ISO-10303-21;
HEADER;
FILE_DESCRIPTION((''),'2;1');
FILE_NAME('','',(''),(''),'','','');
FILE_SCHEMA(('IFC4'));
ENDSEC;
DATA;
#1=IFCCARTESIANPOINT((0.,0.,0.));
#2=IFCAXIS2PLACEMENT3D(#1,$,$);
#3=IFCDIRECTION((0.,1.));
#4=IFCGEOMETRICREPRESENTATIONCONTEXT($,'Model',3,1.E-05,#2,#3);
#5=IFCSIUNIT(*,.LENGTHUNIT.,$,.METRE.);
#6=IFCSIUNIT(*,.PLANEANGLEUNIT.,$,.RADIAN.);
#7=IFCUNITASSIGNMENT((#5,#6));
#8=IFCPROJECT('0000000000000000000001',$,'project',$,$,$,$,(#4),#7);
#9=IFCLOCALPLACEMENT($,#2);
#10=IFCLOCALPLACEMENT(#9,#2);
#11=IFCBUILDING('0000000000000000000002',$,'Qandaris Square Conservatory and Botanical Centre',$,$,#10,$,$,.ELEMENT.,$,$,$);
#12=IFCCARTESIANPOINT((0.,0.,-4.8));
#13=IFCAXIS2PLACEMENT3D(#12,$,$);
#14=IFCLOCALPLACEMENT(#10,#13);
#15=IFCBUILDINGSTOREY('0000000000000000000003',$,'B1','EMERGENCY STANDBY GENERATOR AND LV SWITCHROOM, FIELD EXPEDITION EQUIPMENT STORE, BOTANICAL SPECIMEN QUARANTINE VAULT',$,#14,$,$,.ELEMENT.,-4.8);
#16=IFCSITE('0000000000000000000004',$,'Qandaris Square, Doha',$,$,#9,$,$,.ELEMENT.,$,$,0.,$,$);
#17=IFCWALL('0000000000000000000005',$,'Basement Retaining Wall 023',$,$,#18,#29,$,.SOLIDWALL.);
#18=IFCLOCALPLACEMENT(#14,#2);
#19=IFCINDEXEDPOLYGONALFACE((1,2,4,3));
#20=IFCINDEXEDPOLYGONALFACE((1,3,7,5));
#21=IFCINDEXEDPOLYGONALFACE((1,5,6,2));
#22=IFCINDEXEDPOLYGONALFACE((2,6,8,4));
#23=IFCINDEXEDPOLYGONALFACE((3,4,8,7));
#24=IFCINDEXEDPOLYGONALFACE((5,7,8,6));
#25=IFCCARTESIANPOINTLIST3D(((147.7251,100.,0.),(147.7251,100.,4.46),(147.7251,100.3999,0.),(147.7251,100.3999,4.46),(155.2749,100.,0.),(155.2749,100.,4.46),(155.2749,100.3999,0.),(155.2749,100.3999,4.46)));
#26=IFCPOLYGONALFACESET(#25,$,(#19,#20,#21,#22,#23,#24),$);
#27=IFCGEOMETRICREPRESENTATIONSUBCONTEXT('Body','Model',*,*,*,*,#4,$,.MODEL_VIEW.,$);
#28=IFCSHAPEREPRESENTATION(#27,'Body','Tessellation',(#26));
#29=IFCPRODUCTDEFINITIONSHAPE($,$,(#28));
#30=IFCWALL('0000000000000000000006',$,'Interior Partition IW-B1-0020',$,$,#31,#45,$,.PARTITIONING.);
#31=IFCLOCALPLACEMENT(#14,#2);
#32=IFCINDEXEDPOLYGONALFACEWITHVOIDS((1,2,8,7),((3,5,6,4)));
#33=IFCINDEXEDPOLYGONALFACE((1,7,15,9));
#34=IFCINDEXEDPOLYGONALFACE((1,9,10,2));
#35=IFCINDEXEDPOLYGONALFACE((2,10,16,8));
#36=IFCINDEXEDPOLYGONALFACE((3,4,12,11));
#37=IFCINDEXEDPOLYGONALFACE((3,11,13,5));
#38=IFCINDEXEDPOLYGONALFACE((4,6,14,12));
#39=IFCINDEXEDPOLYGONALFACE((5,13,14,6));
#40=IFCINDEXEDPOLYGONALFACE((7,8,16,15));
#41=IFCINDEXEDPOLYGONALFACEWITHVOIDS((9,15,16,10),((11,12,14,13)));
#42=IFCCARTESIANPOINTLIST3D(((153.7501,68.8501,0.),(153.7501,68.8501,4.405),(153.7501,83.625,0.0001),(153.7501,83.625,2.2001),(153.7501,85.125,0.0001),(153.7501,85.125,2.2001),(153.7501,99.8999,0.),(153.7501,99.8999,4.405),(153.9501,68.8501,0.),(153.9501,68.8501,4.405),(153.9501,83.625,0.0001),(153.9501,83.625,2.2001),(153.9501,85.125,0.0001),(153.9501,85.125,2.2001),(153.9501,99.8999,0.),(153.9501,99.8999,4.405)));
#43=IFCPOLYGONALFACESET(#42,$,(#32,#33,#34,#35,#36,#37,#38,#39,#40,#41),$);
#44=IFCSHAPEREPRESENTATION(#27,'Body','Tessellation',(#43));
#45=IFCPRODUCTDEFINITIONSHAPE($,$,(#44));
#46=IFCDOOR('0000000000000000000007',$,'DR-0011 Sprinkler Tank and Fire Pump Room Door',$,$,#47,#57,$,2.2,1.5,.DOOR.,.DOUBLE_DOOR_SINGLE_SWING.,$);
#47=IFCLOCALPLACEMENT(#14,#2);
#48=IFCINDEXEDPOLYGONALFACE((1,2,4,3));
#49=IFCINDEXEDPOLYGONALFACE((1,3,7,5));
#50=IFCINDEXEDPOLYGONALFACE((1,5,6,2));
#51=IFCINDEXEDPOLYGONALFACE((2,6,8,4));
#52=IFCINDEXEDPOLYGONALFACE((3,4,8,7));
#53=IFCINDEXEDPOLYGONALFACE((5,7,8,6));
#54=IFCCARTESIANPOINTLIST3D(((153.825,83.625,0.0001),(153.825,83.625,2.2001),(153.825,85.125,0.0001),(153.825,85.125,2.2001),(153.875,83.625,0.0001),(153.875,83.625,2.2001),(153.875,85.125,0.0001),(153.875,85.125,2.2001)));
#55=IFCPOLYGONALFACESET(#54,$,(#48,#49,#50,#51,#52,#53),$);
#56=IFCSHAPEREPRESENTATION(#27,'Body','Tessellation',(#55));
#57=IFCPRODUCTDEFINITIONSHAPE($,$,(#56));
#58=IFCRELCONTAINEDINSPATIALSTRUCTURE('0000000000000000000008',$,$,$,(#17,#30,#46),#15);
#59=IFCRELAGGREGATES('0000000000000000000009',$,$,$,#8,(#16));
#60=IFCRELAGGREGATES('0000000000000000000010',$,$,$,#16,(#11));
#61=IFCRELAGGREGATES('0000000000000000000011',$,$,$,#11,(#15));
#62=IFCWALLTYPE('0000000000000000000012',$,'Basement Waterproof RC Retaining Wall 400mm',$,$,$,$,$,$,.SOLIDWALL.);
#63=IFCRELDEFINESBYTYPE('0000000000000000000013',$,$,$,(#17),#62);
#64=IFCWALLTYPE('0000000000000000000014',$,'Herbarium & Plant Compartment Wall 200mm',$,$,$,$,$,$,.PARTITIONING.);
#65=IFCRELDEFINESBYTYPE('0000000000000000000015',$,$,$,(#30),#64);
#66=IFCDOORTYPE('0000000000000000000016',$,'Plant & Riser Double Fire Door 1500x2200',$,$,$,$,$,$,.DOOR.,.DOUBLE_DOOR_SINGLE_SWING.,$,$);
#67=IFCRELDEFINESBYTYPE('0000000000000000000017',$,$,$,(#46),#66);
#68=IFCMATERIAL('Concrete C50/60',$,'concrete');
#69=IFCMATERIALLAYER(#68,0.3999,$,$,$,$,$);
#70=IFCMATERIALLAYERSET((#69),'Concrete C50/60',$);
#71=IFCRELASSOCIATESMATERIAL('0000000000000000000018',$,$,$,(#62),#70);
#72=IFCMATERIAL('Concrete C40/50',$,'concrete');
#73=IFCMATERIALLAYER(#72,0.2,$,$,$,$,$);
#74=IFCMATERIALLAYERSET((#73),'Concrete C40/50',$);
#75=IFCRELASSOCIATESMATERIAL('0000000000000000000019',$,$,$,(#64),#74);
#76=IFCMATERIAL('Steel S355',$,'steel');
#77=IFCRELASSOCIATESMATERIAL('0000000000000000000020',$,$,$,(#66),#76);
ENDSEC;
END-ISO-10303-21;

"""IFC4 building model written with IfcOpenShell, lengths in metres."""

from ifc_helpers import new_model, si_unit, direction, frame, frame_2d, origin, place, context, subcontext, project, spatial, rectangle, extrude, material, layer, layer_set, type_object, element, fill, save


model = new_model("IFC4")

# Units and contexts
model_context = context("Model", 3, precision=1e-05, world=origin(), true_north=direction((0.0, 1.0)))
body_context = subcontext(model_context, "Body", "Model", "MODEL_VIEW")
ifc_project = project(units=[si_unit("LENGTHUNIT", "METRE"), si_unit("PLANEANGLEUNIT", "RADIAN")], contexts=[model_context])

# Site, building, storey
site_placement = place(None, origin())
site = spatial("IfcSite", under=ifc_project, at=site_placement, Name="Qandaris Square, Doha", CompositionType="ELEMENT", RefElevation=0.0)
building_placement = place(site_placement, origin())
building = spatial("IfcBuilding", under=site, at=building_placement, Name="Qandaris Square Conservatory and Botanical Centre", CompositionType="ELEMENT")
storey_placement = place(building_placement, frame((0.0, 0.0, -4.8)))
storey = spatial("IfcBuildingStorey", under=building, at=storey_placement, Name="B1", Description="EMERGENCY STANDBY GENERATOR AND LV SWITCHROOM, FIELD EXPEDITION EQUIPMENT STORE, BOTANICAL SPECIMEN QUARANTINE VAULT", CompositionType="ELEMENT", Elevation=-4.8)

# Shared definitions
ifc_material_1 = material(Name="Concrete C50/60", Category="concrete")

# Shared definitions
ifc_material_2 = material(Name="Concrete C40/50", Category="concrete")

# Shared definitions
ifc_material_3 = material(Name="Steel S355", Category="steel")

# Wall
ifc_layer_1 = layer(ifc_material_1, 0.3999)
ifc_layer_set_1 = layer_set([ifc_layer_1], Name="Concrete C50/60")
wall_type_1 = type_object("IfcWallType", Name="Basement Waterproof RC Retaining Wall 400mm", PredefinedType="SOLIDWALL", material=ifc_layer_set_1)
wall_1_placement = place(storey_placement, frame((147.7251, 100.2, 0.0), z_axis=(0.0, 0.0, 1.0), x_axis=(1.0, 0.0, 0.0)))
element("IfcWall", 1, at=wall_1_placement, inside=storey, type_object=wall_type_1, Name="Basement Retaining Wall 023", PredefinedType="SOLIDWALL", context=body_context, shape_type="SweptSolid", body=[
    extrude(rectangle(XDim=7.5498, YDim=0.3999, at=frame_2d((3.7749, 0.0))), origin(), (0.0, 0.0, 1.0), 4.46),
])

# Wall, opening, door
ifc_layer_2 = layer(ifc_material_2, 0.2)
ifc_layer_set_2 = layer_set([ifc_layer_2], Name="Concrete C40/50")
wall_type_2 = type_object("IfcWallType", Name="Herbarium & Plant Compartment Wall 200mm", PredefinedType="PARTITIONING", material=ifc_layer_set_2)
wall_2_placement = place(storey_placement, frame((153.8501, 99.8999, 0.0), z_axis=(0.0, 0.0, 1.0), x_axis=(0.0, -1.0, 0.0)))
wall_2 = element("IfcWall", 2, at=wall_2_placement, inside=storey, type_object=wall_type_2, Name="Interior Partition IW-B1-0020", PredefinedType="PARTITIONING", context=body_context, shape_type="SweptSolid", body=[
    extrude(rectangle(XDim=31.0498, YDim=0.2, at=frame_2d((15.5249, 0.0))), origin(), (0.0, 0.0, 1.0), 4.405),
])
opening_placement = place(wall_2_placement, frame((14.7749, 0.0, 0.0)))
opening = element("IfcOpeningElement", 3, at=opening_placement, cuts=wall_2, PredefinedType="OPENING", context=body_context, shape_type="SweptSolid", body=[
    extrude(rectangle(XDim=1.5, YDim=2.2, at=frame_2d((0.75, 1.1001))), frame((0.0, 0.1118, 0.0), z_axis=(0.0, -1.0, 0.0), x_axis=(1.0, 0.0, 0.0)), (0.0, 0.0, 1.0), 0.2239),
])
door_type = type_object("IfcDoorType", Name="Plant & Riser Double Fire Door 1500x2200", OperationType="DOUBLE_DOOR_SINGLE_SWING", PredefinedType="DOOR", material=ifc_material_3)
door_placement = place(opening_placement, origin())
door = element("IfcDoor", 4, at=door_placement, inside=storey, type_object=door_type, Name="DR-0011 Sprinkler Tank and Fire Pump Room Door", OperationType="DOUBLE_DOOR_SINGLE_SWING", OverallHeight=2.2, OverallWidth=1.5, PredefinedType="DOOR", context=body_context, shape_type="SweptSolid", body=[
    extrude(rectangle(XDim=1.5, YDim=2.2, at=frame_2d((0.75, 1.1001))), frame((0.0, 0.0249, 0.0), z_axis=(0.0, -1.0, 0.0), x_axis=(1.0, 0.0, 0.0)), (0.0, 0.0, 1.0), 0.05),
])
fill(opening, door)

save(model, "model.ifc")
